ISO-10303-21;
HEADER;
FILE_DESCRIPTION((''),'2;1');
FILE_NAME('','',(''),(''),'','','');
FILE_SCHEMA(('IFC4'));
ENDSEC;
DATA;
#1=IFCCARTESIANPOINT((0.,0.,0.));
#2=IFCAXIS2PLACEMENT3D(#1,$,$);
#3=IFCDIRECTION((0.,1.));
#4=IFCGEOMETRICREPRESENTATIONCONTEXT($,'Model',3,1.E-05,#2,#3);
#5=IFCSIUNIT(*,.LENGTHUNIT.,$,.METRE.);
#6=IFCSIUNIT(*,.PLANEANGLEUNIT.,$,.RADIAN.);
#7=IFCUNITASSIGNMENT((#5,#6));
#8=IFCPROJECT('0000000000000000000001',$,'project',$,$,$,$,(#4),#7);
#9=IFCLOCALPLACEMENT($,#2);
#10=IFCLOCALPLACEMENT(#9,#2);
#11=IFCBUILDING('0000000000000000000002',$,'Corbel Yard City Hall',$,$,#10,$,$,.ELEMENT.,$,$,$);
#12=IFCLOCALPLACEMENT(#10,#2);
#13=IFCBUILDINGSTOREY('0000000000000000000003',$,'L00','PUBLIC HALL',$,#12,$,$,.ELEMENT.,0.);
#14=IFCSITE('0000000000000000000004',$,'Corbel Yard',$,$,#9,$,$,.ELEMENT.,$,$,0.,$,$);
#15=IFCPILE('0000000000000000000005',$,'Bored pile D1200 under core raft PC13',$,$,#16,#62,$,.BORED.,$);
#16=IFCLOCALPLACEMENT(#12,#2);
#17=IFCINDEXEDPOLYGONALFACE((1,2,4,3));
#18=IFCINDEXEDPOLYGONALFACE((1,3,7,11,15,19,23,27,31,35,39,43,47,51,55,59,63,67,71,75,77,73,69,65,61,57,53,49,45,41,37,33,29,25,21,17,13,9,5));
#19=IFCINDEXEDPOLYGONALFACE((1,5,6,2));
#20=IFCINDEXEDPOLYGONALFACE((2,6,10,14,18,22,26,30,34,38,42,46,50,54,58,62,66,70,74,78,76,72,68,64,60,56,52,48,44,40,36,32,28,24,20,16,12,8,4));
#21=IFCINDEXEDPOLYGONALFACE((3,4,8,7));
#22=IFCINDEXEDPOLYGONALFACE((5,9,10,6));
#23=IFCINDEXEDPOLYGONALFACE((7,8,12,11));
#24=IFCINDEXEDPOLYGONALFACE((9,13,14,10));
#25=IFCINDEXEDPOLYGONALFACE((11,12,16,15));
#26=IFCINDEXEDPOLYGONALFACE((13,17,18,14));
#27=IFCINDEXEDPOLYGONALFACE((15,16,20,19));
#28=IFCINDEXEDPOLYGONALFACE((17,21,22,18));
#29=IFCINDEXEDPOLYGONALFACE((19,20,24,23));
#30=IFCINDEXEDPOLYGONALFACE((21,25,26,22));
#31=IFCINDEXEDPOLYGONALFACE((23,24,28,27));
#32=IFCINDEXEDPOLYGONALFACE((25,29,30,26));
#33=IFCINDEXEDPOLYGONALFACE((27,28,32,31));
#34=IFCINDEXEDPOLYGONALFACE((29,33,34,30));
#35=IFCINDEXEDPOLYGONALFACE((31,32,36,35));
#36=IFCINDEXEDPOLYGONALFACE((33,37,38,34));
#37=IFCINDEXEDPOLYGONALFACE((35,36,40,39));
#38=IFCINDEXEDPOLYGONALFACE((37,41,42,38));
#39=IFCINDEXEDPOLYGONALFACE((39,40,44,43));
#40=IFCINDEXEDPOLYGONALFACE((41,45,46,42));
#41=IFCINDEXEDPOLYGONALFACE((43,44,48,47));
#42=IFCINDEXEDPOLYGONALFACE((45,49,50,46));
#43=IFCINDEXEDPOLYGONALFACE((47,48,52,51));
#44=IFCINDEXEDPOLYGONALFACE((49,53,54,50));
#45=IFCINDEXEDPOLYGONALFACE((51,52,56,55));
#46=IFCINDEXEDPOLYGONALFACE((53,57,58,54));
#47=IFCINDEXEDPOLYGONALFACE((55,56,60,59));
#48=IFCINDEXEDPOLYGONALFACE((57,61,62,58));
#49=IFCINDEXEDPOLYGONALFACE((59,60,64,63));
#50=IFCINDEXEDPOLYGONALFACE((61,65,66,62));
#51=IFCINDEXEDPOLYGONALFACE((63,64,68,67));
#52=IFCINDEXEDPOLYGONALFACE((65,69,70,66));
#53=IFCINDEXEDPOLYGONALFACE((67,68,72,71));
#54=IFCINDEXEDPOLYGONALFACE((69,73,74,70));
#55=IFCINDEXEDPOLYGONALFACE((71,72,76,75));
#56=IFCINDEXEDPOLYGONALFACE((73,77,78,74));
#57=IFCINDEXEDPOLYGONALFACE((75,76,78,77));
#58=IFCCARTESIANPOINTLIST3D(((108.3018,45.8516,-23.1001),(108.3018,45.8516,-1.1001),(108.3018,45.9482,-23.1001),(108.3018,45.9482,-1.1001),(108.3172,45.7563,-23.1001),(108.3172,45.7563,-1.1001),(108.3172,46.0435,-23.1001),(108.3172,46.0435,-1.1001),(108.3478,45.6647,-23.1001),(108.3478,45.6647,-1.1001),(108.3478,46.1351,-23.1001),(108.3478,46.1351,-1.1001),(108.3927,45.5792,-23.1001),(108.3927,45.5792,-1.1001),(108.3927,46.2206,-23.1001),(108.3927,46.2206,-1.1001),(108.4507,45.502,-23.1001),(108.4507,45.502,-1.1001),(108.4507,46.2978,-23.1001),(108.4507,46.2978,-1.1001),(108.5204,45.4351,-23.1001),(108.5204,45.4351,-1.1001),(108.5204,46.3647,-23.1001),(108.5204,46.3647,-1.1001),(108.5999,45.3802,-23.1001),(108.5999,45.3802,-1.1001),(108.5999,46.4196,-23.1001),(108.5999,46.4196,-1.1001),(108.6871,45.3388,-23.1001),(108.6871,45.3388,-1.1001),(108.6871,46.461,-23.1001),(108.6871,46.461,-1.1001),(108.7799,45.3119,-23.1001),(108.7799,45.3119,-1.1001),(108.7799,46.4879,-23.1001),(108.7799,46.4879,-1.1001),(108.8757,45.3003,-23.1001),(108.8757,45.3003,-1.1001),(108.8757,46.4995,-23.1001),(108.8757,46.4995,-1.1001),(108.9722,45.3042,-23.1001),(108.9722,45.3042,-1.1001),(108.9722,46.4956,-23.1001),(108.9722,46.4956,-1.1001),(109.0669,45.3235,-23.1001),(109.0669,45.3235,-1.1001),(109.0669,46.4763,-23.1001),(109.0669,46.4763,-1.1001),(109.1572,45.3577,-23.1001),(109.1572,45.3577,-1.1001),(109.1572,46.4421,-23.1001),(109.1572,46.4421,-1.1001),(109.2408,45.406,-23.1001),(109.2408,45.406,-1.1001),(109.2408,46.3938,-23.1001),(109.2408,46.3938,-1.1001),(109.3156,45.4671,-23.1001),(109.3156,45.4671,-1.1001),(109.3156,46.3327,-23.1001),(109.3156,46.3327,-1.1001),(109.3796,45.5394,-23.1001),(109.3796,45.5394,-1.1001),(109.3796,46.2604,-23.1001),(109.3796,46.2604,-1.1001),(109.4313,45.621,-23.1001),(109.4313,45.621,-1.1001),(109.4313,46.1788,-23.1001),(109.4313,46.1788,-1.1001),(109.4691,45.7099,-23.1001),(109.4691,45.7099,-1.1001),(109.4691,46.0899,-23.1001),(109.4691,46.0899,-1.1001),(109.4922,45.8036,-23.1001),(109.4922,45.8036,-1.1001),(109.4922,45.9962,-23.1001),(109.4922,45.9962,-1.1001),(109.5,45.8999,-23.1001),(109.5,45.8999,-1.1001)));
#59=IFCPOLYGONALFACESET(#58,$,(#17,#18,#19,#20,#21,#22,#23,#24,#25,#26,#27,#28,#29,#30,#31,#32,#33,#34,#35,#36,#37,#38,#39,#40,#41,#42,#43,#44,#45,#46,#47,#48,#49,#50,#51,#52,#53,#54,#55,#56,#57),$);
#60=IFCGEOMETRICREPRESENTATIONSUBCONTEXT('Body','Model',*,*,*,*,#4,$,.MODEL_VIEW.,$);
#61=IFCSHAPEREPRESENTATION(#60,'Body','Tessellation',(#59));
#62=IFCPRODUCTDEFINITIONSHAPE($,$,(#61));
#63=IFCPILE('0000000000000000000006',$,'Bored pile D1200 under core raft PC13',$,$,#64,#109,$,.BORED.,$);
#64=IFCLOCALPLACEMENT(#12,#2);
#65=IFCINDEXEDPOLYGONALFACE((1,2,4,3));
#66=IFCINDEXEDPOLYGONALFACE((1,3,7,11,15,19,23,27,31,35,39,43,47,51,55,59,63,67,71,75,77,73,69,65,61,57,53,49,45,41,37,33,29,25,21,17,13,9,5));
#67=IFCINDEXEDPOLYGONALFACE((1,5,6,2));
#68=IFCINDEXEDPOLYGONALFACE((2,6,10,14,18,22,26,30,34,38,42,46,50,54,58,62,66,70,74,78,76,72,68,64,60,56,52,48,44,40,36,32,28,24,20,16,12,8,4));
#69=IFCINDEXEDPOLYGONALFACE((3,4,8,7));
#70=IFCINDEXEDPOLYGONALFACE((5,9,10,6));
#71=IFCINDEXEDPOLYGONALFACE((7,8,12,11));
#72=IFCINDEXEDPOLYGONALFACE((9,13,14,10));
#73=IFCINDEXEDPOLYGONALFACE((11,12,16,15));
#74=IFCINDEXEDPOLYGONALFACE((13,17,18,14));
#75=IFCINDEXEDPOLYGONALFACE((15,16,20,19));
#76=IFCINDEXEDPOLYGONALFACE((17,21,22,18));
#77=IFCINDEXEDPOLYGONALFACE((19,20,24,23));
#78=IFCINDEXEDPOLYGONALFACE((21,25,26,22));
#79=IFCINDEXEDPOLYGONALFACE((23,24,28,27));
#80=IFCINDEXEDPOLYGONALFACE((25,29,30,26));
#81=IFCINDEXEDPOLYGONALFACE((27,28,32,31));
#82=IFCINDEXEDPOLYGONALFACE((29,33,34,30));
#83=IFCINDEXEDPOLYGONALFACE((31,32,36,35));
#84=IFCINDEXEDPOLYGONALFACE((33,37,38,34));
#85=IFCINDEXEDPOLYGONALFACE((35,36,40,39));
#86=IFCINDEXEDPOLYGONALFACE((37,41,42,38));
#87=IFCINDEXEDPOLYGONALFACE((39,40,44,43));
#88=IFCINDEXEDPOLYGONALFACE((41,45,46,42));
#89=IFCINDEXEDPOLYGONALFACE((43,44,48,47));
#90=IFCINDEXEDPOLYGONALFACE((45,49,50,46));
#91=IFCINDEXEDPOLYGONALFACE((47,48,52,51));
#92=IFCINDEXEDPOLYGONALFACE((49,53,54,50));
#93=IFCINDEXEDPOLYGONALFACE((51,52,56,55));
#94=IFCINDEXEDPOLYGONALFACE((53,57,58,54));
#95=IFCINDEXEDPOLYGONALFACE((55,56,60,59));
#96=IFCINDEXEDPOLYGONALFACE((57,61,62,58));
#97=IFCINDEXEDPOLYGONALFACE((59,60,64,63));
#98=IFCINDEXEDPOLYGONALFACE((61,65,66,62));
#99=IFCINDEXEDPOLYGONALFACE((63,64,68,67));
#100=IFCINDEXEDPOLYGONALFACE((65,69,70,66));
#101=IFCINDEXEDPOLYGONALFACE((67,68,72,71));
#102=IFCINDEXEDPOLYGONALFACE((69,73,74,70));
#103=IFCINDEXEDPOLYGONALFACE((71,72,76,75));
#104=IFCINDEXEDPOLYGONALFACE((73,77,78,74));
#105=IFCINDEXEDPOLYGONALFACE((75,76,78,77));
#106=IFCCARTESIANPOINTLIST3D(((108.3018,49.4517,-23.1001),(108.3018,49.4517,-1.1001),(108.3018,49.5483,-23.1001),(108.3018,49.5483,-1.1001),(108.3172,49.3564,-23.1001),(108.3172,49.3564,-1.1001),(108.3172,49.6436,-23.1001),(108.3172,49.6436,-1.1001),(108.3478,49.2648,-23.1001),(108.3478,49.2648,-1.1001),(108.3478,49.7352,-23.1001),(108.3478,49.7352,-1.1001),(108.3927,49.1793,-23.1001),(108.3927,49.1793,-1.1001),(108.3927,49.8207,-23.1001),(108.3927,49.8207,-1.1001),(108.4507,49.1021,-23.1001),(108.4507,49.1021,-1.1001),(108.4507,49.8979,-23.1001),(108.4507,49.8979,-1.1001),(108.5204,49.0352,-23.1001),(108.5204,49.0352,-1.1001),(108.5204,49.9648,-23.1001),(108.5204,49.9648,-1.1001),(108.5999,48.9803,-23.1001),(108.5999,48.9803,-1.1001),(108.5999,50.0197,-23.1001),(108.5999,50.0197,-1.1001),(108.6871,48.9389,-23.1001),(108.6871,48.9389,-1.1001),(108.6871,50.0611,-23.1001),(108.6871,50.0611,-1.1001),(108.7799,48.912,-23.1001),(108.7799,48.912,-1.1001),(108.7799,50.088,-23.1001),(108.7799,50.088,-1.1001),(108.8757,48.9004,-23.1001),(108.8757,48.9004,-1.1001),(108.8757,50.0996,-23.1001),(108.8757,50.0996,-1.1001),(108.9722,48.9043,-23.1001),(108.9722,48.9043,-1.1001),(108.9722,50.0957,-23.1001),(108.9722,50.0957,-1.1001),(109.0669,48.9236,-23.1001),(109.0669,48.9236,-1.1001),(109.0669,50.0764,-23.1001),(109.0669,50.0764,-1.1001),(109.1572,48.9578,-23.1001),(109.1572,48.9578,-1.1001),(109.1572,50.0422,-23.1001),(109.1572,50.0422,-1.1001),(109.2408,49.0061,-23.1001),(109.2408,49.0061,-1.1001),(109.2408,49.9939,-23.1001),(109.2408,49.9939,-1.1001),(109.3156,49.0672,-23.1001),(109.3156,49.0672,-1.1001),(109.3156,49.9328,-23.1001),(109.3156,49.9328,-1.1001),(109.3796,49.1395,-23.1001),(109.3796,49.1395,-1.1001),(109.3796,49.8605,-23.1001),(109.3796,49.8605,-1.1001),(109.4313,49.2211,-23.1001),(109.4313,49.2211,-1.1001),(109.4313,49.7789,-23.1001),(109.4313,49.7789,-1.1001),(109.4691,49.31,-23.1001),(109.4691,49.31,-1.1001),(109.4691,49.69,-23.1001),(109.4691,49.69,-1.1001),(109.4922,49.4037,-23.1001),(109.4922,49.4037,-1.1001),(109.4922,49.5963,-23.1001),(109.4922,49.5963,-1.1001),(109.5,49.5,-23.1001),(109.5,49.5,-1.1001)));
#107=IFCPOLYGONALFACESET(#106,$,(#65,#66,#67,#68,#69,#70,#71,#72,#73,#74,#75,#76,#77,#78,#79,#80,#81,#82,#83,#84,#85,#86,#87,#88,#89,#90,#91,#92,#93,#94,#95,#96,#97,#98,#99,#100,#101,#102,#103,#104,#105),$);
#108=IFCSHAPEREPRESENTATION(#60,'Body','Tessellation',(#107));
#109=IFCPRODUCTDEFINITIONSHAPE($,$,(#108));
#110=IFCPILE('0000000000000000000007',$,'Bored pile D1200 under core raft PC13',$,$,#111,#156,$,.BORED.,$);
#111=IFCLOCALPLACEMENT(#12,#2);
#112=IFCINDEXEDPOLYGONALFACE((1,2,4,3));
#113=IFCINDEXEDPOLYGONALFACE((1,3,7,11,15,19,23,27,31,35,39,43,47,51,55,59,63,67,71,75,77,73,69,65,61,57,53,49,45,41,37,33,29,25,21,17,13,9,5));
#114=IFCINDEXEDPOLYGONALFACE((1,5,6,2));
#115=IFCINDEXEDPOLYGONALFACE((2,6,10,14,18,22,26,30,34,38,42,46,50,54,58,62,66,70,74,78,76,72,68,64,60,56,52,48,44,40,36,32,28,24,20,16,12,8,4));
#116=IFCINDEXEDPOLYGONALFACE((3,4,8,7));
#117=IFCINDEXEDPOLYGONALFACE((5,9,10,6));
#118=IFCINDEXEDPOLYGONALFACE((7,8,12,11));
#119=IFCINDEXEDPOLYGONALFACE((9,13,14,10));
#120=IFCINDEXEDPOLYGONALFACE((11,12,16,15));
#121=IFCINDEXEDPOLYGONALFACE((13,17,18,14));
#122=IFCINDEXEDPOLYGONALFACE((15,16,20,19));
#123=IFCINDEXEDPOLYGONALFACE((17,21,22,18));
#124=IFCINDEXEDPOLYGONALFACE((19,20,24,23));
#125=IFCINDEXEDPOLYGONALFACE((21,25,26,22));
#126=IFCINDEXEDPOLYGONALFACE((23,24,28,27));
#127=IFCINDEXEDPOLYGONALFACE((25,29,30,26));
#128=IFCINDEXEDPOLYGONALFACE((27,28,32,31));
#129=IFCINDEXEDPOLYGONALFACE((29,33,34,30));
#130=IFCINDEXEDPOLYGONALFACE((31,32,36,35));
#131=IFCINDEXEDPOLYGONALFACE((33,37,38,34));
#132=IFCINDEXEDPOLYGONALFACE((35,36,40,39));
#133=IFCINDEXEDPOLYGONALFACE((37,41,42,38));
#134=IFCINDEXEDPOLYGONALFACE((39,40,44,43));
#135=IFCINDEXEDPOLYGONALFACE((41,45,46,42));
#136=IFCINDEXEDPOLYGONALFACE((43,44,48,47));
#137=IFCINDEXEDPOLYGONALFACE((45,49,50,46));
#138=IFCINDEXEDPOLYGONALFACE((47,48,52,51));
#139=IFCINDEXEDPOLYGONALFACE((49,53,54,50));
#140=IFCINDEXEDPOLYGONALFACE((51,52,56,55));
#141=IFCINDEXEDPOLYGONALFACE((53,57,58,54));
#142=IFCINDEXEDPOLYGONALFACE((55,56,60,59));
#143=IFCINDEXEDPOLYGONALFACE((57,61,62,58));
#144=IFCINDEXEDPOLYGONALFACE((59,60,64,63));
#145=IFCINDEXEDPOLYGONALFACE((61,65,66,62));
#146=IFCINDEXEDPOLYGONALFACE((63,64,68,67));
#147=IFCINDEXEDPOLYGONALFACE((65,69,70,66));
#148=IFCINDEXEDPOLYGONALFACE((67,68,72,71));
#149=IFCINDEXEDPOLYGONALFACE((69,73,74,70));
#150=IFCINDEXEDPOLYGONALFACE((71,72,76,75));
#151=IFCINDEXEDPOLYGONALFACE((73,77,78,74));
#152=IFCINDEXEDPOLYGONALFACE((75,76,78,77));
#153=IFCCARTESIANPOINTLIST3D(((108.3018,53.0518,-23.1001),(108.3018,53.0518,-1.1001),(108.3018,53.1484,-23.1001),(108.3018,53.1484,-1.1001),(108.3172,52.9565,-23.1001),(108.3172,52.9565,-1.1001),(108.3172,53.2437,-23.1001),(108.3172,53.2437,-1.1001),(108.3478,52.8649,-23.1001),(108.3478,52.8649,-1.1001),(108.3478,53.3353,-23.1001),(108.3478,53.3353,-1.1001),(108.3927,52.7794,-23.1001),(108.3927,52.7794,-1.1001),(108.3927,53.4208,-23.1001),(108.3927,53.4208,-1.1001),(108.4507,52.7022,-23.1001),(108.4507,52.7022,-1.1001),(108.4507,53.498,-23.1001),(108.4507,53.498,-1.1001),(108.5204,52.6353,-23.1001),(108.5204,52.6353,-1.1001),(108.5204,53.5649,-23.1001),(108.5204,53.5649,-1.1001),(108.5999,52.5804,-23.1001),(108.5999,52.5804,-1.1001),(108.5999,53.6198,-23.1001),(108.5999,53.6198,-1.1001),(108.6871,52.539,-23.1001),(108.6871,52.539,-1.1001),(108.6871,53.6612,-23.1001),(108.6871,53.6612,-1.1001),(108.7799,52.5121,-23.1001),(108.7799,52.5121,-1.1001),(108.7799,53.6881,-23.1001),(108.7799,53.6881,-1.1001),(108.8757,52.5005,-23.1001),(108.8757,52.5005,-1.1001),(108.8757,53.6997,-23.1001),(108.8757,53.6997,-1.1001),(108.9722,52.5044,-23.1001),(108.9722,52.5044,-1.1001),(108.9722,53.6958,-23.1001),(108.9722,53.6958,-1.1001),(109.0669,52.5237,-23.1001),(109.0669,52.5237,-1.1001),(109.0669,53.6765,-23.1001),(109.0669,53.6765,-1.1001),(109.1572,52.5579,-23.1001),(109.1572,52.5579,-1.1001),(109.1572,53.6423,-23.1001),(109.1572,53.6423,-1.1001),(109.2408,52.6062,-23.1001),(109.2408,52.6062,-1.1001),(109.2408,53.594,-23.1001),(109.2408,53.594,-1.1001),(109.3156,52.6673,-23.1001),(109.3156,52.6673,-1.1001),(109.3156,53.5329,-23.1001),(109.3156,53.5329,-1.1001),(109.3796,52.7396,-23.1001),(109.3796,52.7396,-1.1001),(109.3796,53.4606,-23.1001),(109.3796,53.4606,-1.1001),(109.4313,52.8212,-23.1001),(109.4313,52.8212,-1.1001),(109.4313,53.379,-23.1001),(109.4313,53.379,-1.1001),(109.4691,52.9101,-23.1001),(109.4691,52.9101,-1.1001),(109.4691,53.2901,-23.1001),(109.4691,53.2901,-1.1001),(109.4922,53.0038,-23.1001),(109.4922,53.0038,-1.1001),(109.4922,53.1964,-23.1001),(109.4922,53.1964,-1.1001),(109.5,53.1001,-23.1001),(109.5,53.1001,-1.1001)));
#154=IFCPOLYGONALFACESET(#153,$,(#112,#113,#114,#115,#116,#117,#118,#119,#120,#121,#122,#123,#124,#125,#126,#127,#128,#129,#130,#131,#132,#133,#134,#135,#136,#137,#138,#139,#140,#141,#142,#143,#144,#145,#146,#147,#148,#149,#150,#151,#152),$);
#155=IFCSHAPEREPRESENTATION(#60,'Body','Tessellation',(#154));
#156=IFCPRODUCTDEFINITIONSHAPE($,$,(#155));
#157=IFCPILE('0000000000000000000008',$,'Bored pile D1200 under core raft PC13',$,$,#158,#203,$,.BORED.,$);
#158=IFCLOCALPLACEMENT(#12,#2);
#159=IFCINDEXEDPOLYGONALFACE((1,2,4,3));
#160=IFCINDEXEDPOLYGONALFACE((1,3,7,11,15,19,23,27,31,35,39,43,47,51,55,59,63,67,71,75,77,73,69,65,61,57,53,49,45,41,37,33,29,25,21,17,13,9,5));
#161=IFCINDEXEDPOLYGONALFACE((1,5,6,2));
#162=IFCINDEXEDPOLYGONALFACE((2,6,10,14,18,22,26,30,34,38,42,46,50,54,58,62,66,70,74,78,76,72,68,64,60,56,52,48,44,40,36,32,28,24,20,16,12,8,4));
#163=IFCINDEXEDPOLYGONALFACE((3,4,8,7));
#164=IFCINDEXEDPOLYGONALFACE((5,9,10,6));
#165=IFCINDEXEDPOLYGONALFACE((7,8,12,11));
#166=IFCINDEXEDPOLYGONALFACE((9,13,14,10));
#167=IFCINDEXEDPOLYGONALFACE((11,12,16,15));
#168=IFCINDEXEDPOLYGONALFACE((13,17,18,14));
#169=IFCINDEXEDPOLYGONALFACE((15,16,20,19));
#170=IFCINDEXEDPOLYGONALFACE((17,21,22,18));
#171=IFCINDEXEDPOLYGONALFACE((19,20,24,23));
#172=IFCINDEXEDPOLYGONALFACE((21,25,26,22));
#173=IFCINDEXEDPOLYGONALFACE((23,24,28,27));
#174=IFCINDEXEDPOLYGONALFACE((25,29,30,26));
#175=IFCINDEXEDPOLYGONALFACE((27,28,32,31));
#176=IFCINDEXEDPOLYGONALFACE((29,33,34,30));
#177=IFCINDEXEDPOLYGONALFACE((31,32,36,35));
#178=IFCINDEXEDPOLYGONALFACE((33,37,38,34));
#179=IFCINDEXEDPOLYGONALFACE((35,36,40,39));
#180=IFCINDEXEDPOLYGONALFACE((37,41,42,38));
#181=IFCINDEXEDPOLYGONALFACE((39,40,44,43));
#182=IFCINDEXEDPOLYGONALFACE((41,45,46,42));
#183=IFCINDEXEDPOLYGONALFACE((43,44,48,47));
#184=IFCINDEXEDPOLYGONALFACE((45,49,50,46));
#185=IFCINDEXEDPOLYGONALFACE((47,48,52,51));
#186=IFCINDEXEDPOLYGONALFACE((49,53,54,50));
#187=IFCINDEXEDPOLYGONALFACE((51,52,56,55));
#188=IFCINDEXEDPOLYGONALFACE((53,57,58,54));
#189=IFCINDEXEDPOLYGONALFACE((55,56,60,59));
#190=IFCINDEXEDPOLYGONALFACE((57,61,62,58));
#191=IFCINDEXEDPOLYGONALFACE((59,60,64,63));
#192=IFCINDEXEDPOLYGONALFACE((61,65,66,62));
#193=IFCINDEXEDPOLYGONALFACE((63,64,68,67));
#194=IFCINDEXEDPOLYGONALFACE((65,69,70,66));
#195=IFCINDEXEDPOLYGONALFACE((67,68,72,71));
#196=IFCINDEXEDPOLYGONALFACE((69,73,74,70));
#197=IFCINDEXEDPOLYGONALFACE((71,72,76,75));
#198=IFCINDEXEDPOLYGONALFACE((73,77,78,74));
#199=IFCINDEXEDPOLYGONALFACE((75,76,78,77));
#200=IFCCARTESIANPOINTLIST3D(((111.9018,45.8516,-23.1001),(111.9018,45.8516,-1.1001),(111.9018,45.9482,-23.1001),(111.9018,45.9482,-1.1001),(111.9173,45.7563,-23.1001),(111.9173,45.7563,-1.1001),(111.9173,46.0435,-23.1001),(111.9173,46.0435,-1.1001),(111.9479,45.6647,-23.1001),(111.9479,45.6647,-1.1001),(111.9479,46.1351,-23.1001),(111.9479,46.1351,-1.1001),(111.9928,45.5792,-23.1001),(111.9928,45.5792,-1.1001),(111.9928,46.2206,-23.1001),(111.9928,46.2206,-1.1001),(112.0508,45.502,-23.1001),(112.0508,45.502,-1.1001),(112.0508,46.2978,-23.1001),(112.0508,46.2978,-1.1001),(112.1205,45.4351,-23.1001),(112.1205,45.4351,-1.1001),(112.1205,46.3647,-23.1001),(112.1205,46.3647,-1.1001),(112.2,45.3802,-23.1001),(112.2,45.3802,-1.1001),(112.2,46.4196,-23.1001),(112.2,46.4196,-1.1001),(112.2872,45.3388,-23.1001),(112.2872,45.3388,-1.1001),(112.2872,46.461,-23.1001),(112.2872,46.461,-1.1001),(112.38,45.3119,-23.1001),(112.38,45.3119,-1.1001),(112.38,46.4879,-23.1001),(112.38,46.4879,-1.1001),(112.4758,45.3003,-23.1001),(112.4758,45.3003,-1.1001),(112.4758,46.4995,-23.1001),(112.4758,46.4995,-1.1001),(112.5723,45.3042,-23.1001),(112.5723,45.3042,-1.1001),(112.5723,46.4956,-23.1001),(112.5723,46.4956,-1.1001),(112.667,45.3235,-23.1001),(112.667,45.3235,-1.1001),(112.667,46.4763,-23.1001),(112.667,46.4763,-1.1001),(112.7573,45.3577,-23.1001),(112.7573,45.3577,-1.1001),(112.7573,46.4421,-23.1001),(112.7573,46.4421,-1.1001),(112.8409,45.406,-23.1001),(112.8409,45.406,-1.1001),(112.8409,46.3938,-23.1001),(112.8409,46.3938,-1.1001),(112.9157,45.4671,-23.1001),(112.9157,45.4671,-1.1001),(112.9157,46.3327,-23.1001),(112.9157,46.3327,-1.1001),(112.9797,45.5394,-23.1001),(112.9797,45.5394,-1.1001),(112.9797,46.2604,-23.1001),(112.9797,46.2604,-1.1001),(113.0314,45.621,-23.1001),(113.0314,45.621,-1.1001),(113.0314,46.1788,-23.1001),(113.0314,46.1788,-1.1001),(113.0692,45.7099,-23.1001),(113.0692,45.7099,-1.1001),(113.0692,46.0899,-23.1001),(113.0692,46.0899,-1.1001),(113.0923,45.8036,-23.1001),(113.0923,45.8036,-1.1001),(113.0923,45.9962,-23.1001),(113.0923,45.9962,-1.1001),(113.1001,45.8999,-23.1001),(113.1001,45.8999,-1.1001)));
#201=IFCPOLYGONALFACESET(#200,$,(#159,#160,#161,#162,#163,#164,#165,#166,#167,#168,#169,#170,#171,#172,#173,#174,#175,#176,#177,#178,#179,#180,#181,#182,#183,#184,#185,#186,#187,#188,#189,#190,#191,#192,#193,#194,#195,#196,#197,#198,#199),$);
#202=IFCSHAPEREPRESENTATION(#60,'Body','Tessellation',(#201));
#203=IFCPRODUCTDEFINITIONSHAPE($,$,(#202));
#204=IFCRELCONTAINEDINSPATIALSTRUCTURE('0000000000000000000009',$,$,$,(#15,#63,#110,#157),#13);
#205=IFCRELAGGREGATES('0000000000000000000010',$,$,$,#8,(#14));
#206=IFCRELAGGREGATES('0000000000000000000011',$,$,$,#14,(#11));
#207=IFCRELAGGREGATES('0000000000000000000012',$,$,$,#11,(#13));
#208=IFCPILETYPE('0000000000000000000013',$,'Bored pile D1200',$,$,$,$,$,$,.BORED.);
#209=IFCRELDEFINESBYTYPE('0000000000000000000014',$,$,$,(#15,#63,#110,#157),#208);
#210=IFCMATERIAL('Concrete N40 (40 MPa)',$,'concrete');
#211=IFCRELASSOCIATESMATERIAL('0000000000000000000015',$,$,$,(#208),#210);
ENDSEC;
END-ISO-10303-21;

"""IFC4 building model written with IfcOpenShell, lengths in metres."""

from ifc_helpers import new_model, si_unit, direction, frame, origin, origin_2d, place, context, subcontext, project, spatial, circle, extrude, material, material_profile, profile_set, type_object, element, save


model = new_model("IFC4")

# Units and contexts
model_context = context("Model", 3, precision=1e-05, world=origin(), true_north=direction((0.0, 1.0)))
body_context = subcontext(model_context, "Body", "Model", "MODEL_VIEW")
ifc_project = project(units=[si_unit("LENGTHUNIT", "METRE"), si_unit("PLANEANGLEUNIT", "RADIAN")], contexts=[model_context])

# Site, building, storey
site_placement = place(None, origin())
site = spatial("IfcSite", under=ifc_project, at=site_placement, Name="Corbel Yard", CompositionType="ELEMENT", RefElevation=0.0)
building_placement = place(site_placement, origin())
building = spatial("IfcBuilding", under=site, at=building_placement, Name="Corbel Yard City Hall", CompositionType="ELEMENT")
storey_placement = place(building_placement, origin())
storey = spatial("IfcBuildingStorey", under=building, at=storey_placement, Name="L00", Description="PUBLIC HALL", CompositionType="ELEMENT", Elevation=0.0)

# Piles
ifc_material_1 = material(Name="Concrete N40 (40 MPa)", Category="concrete")
ifc_material_profile = material_profile(ifc_material_1, circle(Radius=0.6001, at=origin_2d()), Name="D1200")
ifc_profile_set = profile_set([ifc_material_profile], Name="Concrete N40 (40 MPa)")
pile_type = type_object("IfcPileType", Name="Bored pile D1200", PredefinedType="BORED", material=ifc_profile_set)
for number, where, z_axis, x_axis, name in (
    (1, (108.8999, 45.8999, -1.1001), (0.0, 0.0, -1.0), (1.0, 0.0, 0.0), "Bored pile D1200 under core raft PC13"),
    (2, (108.8999, 49.5, -1.1001), (0.0, 0.0, -1.0), (1.0, 0.0, 0.0), "Bored pile D1200 under core raft PC13"),
    (3, (108.8999, 53.1001, -1.1001), (0.0, 0.0, -1.0), (1.0, 0.0, 0.0), "Bored pile D1200 under core raft PC13"),
    (4, (112.5, 45.8999, -1.1001), (0.0, 0.0, -1.0), (1.0, 0.0, 0.0), "Bored pile D1200 under core raft PC13"),
):
    element("IfcPile", number, at=place(storey_placement, frame(where, z_axis=z_axis, x_axis=x_axis)), inside=storey, type_object=pile_type, Name=name, PredefinedType="BORED", context=body_context, shape_type="SweptSolid", body=[
        extrude(circle(Radius=0.6001, at=origin_2d()), origin(), (0.0, 0.0, 1.0), 22.0),
    ])

save(model, "model.ifc")
